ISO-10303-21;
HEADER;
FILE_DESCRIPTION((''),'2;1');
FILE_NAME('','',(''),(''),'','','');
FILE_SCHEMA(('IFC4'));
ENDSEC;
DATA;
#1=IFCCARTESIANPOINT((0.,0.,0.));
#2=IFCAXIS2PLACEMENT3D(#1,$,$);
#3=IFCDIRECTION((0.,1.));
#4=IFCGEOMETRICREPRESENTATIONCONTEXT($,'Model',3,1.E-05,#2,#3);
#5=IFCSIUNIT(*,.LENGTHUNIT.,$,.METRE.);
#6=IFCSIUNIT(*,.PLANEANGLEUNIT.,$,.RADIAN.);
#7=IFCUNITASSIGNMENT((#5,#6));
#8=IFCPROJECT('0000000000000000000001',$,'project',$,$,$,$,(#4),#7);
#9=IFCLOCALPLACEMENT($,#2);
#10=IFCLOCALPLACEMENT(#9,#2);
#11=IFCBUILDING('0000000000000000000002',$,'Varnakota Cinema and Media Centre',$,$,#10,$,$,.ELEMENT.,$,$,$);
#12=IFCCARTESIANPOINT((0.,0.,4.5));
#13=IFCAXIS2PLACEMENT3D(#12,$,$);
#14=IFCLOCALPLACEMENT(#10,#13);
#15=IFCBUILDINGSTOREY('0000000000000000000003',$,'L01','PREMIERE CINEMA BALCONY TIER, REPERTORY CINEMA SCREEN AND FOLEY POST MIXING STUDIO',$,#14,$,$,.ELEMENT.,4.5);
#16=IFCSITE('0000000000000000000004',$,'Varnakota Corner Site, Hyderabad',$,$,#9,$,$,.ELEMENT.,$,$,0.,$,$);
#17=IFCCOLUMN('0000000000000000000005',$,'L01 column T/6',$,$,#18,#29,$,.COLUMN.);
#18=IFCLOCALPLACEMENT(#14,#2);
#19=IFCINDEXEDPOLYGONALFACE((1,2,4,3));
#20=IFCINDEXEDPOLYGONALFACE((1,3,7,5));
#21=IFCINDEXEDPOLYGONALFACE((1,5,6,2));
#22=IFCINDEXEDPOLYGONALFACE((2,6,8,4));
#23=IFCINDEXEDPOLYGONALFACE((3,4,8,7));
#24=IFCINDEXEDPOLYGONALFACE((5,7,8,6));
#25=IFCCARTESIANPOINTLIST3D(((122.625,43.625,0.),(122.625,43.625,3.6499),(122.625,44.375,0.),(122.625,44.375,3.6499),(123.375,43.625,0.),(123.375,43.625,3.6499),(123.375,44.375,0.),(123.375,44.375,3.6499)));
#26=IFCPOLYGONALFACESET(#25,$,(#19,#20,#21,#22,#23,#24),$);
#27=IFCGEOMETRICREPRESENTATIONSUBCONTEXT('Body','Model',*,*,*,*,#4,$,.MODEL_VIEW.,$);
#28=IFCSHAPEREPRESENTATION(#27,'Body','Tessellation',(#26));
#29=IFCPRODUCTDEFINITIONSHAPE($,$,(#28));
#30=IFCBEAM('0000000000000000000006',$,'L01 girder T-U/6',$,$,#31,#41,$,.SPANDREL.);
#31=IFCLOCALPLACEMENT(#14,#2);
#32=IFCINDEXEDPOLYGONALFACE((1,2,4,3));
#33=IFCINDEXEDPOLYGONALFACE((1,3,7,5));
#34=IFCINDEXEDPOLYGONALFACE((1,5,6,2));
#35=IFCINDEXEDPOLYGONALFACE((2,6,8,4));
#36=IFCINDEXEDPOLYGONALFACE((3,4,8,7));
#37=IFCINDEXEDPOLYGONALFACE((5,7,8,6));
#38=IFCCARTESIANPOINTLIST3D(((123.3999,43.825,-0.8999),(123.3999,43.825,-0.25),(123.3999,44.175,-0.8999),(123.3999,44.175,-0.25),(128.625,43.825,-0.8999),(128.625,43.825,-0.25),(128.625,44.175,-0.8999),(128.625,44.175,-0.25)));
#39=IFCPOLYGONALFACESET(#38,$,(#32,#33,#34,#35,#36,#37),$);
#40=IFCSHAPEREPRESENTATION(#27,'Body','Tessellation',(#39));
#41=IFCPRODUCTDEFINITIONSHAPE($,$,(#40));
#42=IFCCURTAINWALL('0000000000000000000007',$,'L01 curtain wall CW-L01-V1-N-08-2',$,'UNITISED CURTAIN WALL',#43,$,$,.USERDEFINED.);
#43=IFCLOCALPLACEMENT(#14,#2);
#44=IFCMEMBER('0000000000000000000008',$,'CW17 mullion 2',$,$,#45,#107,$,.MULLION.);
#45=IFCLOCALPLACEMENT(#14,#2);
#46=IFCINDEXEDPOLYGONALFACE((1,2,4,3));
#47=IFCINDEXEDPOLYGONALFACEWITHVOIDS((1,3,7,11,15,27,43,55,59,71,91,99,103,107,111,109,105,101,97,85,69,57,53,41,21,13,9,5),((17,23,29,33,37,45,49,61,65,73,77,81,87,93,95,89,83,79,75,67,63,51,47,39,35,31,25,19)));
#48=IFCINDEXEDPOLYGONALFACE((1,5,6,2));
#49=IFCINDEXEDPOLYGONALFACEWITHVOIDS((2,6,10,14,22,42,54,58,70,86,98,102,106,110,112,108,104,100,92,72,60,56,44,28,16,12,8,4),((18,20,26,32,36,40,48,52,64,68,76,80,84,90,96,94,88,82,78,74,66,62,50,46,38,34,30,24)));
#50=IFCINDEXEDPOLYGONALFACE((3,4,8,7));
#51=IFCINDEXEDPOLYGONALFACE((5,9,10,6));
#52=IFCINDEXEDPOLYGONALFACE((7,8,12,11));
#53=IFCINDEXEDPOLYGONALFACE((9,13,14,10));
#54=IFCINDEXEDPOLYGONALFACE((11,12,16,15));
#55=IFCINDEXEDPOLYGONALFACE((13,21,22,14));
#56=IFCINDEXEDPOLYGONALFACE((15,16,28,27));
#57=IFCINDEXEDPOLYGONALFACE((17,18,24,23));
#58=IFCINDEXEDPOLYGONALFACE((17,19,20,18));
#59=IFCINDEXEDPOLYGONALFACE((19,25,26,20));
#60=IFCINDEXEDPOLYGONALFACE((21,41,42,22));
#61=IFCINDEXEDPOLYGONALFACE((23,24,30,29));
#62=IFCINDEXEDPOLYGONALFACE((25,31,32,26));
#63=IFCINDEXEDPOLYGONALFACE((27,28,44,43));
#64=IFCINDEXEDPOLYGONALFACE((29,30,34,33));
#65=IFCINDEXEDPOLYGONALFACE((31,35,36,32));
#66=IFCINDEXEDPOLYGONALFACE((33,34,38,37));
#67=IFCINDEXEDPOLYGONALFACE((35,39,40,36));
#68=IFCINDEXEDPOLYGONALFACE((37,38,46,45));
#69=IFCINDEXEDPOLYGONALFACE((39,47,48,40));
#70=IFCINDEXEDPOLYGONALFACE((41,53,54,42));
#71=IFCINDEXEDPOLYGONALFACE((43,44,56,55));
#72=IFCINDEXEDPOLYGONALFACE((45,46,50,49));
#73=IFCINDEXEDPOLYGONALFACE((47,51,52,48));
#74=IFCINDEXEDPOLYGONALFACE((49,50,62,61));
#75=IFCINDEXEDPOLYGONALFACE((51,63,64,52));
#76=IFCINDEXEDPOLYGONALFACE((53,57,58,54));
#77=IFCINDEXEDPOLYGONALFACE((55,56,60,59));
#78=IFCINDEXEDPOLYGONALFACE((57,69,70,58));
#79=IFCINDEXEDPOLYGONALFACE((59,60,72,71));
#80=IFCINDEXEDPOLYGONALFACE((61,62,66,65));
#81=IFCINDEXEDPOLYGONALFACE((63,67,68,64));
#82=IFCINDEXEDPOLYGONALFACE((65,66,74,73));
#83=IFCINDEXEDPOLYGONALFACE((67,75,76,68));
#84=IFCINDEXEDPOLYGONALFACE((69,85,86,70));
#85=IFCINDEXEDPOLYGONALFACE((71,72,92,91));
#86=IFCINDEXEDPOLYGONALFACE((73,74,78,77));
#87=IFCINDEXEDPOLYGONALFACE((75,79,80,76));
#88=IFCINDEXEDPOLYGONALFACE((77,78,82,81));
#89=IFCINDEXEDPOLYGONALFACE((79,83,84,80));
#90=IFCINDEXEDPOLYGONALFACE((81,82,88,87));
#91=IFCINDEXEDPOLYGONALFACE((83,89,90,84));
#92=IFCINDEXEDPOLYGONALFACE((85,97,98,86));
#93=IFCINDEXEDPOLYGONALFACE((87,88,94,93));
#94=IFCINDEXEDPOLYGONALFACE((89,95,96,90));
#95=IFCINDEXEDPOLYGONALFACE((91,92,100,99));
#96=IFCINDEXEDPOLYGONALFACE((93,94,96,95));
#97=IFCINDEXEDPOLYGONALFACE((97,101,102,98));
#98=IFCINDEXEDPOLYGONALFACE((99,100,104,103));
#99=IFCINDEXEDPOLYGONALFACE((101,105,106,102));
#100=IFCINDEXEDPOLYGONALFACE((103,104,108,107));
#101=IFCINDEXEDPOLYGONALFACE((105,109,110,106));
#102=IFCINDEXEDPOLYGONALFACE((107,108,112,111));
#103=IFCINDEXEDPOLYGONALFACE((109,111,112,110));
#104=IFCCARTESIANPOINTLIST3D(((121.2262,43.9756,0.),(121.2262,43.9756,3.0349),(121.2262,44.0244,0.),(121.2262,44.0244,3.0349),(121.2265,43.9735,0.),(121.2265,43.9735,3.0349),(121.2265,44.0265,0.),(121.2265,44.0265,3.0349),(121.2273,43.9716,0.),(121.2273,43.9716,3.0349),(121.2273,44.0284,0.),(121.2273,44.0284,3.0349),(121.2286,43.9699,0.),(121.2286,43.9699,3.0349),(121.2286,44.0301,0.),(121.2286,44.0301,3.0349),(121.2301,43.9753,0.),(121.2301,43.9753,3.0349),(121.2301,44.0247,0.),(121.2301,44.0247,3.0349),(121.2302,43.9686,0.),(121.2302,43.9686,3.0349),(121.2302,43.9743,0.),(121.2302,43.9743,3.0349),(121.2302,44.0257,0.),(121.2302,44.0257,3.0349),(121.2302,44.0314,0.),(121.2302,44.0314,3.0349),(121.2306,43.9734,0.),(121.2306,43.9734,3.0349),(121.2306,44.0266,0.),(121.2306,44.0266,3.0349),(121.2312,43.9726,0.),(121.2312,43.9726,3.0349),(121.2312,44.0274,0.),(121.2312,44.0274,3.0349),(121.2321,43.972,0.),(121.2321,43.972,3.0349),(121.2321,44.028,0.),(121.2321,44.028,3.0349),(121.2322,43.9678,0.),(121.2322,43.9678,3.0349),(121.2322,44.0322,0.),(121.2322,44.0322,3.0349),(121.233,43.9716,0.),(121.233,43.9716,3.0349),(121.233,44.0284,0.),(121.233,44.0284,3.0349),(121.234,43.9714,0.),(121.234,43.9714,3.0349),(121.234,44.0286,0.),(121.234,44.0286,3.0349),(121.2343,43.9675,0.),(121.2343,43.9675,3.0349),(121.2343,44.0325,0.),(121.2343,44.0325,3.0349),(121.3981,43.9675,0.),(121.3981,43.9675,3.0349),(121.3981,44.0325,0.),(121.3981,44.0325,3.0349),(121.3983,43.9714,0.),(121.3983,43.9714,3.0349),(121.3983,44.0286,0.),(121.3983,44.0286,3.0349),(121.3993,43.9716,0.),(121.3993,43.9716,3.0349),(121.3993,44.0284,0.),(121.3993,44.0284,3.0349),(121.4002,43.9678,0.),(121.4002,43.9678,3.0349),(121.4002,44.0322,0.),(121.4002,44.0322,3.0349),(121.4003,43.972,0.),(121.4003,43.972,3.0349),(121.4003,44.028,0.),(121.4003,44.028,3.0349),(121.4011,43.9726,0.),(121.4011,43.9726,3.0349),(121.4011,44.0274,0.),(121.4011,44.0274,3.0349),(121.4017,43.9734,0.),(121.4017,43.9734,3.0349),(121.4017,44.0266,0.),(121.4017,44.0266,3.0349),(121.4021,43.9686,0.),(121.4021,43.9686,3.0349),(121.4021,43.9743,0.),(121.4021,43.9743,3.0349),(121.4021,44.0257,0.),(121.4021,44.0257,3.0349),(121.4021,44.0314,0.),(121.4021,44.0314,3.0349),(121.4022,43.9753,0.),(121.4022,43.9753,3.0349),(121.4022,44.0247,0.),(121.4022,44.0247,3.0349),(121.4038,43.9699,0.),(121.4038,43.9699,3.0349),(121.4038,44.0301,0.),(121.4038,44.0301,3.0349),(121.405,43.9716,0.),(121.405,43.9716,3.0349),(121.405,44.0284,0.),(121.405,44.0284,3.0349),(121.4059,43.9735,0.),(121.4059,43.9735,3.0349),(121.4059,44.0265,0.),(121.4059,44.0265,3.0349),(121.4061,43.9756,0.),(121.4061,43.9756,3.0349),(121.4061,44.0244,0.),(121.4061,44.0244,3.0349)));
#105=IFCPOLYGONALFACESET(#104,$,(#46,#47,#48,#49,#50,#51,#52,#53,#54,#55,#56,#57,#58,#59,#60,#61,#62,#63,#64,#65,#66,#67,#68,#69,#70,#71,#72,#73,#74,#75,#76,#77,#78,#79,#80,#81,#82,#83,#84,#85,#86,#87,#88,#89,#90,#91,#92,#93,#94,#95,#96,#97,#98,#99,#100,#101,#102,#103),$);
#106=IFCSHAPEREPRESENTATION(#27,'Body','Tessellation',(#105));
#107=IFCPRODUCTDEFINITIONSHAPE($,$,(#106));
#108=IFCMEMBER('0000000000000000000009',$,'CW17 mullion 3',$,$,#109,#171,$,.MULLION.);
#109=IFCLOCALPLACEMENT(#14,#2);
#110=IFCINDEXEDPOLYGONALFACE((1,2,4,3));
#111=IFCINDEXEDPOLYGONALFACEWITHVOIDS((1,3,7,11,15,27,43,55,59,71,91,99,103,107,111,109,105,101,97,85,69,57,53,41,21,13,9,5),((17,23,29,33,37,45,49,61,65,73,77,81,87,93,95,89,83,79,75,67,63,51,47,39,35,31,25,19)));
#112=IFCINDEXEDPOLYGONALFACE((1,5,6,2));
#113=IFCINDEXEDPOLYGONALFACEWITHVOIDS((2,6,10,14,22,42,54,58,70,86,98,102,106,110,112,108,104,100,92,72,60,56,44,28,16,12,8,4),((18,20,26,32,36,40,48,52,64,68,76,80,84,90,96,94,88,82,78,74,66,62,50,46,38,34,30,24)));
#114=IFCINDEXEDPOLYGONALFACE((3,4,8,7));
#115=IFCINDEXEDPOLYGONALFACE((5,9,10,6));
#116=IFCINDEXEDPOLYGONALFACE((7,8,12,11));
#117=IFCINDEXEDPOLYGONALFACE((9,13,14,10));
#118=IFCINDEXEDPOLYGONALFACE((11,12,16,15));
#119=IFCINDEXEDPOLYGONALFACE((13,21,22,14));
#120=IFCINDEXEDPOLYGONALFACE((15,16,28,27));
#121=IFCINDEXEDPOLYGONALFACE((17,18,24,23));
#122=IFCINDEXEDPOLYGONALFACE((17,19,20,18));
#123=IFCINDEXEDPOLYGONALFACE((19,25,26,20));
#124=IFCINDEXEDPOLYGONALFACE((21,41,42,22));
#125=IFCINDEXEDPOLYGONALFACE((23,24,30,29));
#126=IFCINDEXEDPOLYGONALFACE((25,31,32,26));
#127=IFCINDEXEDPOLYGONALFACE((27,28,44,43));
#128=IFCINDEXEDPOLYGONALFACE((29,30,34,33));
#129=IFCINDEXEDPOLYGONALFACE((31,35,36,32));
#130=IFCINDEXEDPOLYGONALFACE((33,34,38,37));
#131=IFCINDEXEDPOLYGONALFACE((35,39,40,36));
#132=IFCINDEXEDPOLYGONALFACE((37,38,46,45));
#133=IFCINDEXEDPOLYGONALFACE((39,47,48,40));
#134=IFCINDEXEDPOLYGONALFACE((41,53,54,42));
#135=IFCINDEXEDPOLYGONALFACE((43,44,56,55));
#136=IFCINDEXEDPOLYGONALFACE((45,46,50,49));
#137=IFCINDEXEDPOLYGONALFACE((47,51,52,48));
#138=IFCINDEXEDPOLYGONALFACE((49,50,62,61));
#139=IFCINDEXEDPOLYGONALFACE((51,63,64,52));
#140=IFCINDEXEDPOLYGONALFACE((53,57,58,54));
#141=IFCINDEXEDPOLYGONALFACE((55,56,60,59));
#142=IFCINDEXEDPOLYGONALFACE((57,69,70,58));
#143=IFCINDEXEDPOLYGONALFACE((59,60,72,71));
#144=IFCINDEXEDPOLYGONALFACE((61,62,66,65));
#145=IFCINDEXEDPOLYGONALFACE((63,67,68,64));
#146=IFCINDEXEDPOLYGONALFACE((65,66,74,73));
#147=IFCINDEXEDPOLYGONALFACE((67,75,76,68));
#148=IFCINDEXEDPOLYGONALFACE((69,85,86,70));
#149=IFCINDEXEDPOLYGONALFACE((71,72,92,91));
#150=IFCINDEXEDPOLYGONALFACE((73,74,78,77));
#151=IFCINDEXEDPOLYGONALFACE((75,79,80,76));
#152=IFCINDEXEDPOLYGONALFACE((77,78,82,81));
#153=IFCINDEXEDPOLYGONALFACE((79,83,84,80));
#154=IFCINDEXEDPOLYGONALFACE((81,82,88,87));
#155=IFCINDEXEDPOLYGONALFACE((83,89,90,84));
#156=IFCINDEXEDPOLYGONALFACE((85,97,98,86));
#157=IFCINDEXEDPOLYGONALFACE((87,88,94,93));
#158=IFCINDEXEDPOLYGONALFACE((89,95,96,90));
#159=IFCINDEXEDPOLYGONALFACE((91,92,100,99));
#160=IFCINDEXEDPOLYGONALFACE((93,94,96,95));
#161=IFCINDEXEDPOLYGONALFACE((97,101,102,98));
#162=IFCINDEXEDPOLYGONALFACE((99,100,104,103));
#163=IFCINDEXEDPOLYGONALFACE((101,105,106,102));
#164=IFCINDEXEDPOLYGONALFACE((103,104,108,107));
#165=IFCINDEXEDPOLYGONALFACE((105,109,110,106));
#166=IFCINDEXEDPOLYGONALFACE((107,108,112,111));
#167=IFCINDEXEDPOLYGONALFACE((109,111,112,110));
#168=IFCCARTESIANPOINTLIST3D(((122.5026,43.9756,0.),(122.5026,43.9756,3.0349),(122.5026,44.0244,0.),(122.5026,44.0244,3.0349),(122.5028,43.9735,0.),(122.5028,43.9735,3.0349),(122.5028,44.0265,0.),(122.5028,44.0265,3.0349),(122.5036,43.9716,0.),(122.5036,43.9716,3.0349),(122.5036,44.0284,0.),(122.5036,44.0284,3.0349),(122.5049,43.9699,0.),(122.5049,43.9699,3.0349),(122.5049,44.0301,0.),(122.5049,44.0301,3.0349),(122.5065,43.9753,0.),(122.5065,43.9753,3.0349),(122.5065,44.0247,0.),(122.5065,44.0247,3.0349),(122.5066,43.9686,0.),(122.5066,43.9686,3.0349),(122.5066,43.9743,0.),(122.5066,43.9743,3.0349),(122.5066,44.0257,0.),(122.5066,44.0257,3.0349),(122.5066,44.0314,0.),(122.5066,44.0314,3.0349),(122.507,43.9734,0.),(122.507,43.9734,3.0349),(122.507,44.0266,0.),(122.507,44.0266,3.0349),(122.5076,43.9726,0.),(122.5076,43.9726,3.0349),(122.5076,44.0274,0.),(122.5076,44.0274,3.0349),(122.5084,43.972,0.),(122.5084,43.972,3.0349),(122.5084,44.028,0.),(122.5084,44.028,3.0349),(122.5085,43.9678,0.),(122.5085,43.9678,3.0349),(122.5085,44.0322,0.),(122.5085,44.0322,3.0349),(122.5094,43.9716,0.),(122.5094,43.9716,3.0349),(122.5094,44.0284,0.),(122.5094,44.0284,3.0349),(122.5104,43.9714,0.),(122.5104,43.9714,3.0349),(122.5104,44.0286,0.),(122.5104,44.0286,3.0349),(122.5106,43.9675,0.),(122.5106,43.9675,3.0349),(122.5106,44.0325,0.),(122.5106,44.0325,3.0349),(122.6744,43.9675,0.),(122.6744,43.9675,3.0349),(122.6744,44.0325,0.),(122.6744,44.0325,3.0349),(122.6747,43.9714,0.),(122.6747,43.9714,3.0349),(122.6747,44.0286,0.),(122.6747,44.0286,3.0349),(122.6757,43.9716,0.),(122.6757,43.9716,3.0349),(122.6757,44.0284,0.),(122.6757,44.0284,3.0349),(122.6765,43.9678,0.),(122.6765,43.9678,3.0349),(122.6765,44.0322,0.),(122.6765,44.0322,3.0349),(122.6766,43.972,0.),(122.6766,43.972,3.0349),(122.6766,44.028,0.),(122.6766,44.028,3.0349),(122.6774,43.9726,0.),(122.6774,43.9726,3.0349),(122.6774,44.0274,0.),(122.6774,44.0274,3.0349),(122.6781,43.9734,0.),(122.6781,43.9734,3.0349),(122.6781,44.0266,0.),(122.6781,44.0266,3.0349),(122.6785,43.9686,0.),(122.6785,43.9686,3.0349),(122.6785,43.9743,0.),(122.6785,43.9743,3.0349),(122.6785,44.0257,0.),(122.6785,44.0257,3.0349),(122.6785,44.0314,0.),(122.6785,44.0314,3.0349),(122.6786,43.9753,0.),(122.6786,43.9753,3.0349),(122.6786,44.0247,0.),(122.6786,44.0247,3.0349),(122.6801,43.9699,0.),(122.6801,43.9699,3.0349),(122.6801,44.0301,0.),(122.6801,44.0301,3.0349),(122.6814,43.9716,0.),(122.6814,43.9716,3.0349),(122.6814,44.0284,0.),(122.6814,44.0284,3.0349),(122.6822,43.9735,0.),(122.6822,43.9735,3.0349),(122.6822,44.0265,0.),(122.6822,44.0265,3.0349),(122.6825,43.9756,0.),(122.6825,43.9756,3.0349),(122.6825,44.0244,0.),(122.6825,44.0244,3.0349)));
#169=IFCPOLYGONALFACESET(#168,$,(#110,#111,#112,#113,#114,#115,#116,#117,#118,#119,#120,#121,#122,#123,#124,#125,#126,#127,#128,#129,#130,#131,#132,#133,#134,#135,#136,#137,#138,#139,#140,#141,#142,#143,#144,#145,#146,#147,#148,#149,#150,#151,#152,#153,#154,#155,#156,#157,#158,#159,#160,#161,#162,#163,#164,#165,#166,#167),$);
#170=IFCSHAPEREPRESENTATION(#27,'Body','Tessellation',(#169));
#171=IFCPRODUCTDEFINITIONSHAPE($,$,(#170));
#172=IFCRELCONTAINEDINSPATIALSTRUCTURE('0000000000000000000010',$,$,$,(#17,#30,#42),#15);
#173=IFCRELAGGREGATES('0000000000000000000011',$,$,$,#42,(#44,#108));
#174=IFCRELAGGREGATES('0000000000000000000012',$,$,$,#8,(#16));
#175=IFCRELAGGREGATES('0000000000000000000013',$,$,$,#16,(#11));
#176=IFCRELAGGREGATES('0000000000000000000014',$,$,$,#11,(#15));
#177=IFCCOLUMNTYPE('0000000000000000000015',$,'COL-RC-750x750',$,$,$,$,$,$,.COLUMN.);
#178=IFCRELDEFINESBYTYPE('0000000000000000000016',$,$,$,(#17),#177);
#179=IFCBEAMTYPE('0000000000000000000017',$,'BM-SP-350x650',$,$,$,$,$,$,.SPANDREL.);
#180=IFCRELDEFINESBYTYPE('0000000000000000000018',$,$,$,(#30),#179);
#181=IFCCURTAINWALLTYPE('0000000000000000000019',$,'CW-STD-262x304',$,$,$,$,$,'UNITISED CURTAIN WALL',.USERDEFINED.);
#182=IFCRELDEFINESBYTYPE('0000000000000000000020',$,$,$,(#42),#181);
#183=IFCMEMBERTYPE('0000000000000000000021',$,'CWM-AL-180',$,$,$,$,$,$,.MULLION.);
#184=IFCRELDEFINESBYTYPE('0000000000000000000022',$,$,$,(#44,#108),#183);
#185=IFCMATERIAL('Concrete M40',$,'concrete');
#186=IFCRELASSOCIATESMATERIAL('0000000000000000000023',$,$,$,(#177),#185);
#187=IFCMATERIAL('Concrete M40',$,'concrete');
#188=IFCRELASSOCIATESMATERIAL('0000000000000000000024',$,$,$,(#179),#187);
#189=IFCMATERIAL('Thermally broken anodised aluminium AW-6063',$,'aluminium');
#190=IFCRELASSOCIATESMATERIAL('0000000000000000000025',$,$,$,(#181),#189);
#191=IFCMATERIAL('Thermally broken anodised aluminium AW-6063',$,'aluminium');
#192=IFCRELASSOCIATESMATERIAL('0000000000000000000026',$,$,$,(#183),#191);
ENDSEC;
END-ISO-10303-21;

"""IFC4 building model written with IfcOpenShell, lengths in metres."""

from ifc_helpers import new_model, si_unit, direction, frame, origin, origin_2d, place, context, subcontext, project, spatial, rectangle, hollow_rectangle, extrude, material, material_profile, profile_set, type_object, element, aggregate, save


model = new_model("IFC4")

# Units and contexts
model_context = context("Model", 3, precision=1e-05, world=origin(), true_north=direction((0.0, 1.0)))
body_context = subcontext(model_context, "Body", "Model", "MODEL_VIEW")
ifc_project = project(units=[si_unit("LENGTHUNIT", "METRE"), si_unit("PLANEANGLEUNIT", "RADIAN")], contexts=[model_context])

# Site, building, storey
site_placement = place(None, origin())
site = spatial("IfcSite", under=ifc_project, at=site_placement, Name="Varnakota Corner Site, Hyderabad", CompositionType="ELEMENT", RefElevation=0.0)
building_placement = place(site_placement, origin())
building = spatial("IfcBuilding", under=site, at=building_placement, Name="Varnakota Cinema and Media Centre", CompositionType="ELEMENT")
storey_placement = place(building_placement, frame((0.0, 0.0, 4.5)))
storey = spatial("IfcBuildingStorey", under=building, at=storey_placement, Name="L01", Description="PREMIERE CINEMA BALCONY TIER, REPERTORY CINEMA SCREEN AND FOLEY POST MIXING STUDIO", CompositionType="ELEMENT", Elevation=4.5)

# Column
ifc_material_1 = material(Name="Concrete M40", Category="concrete")
ifc_material_profile_1 = material_profile(ifc_material_1, rectangle(XDim=0.75, YDim=0.75, at=origin_2d()), Name="RC 750x750")
ifc_profile_set_1 = profile_set([ifc_material_profile_1], Name="Concrete M40")
column_type = type_object("IfcColumnType", Name="COL-RC-750x750", PredefinedType="COLUMN", material=ifc_profile_set_1)
column_placement = place(storey_placement, frame((123.0, 44.0, 0.0), z_axis=(0.0, 0.0, 1.0), x_axis=(1.0, 0.0, 0.0)))
element("IfcColumn", 1, at=column_placement, inside=storey, type_object=column_type, Name="L01 column T/6", PredefinedType="COLUMN", context=body_context, shape_type="SweptSolid", body=[
    extrude(rectangle(XDim=0.75, YDim=0.75, at=origin_2d()), origin(), (0.0, 0.0, 1.0), 3.6499),
])

# Beam
ifc_material_2 = material(Name="Concrete M40", Category="concrete")
ifc_material_profile_2 = material_profile(ifc_material_2, rectangle(XDim=0.3501, YDim=0.6499, at=origin_2d()), Name="RCB 350x650")
ifc_profile_set_2 = profile_set([ifc_material_profile_2], Name="Concrete M40")
beam_type = type_object("IfcBeamType", Name="BM-SP-350x650", PredefinedType="SPANDREL", material=ifc_profile_set_2)
beam_placement = place(storey_placement, frame((123.3999, 44.0, -0.575), z_axis=(1.0, 0.0, 0.0), x_axis=(0.0, 1.0, 0.0)))
element("IfcBeam", 2, at=beam_placement, inside=storey, type_object=beam_type, Name="L01 girder T-U/6", PredefinedType="SPANDREL", context=body_context, shape_type="SweptSolid", body=[
    extrude(rectangle(XDim=0.3501, YDim=0.6499, at=origin_2d()), origin(), (0.0, 0.0, 1.0), 5.2251),
])

# Curtain wall, members
ifc_material_3 = material(Name="Thermally broken anodised aluminium AW-6063", Category="aluminium")
curtain_wall_type = type_object("IfcCurtainWallType", Name="CW-STD-262x304", ElementType="UNITISED CURTAIN WALL", PredefinedType="USERDEFINED", material=ifc_material_3)
curtain_wall_1_placement = place(storey_placement, origin())
curtain_wall_1 = element("IfcCurtainWall", 3, at=curtain_wall_1_placement, inside=storey, type_object=curtain_wall_type, Name="L01 curtain wall CW-L01-V1-N-08-2", ObjectType="UNITISED CURTAIN WALL", PredefinedType="USERDEFINED")
ifc_material_4 = material(Name="Thermally broken anodised aluminium AW-6063", Category="aluminium")
ifc_material_profile_3 = material_profile(ifc_material_4, hollow_rectangle(XDim=0.0649, YDim=0.1799, WallThickness=0.0039, InnerFilletRadius=0.0039, OuterFilletRadius=0.0081, at=origin_2d()), Name="AL-MULLION 180x65x4")
ifc_profile_set_3 = profile_set([ifc_material_profile_3], Name="Thermally broken anodised aluminium AW-6063")
member_type_1 = type_object("IfcMemberType", Name="CWM-AL-180", PredefinedType="MULLION", material=ifc_profile_set_3)
member_1_placement = place(storey_placement, frame((121.3162, 44.0, 0.0), z_axis=(0.0, 0.0, 1.0), x_axis=(0.0, 1.0, 0.0)))
member_1 = element("IfcMember", 4, at=member_1_placement, type_object=member_type_1, Name="CW17 mullion 2", PredefinedType="MULLION", context=body_context, shape_type="SweptSolid", body=[
    extrude(hollow_rectangle(XDim=0.0649, YDim=0.1799, WallThickness=0.0039, InnerFilletRadius=0.0039, OuterFilletRadius=0.0081, at=origin_2d()), origin(), (0.0, 0.0, 1.0), 3.0349),
])
member_2_placement = place(storey_placement, frame((122.5925, 44.0, 0.0), z_axis=(0.0, 0.0, 1.0), x_axis=(0.0, 1.0, 0.0)))
member_2 = element("IfcMember", 5, at=member_2_placement, type_object=member_type_1, Name="CW17 mullion 3", PredefinedType="MULLION", context=body_context, shape_type="SweptSolid", body=[
    extrude(hollow_rectangle(XDim=0.0649, YDim=0.1799, WallThickness=0.0039, InnerFilletRadius=0.0039, OuterFilletRadius=0.0081, at=origin_2d()), origin(), (0.0, 0.0, 1.0), 3.0349),
])

aggregate(curtain_wall_1, [member_1, member_2])

save(model, "model.ifc")
